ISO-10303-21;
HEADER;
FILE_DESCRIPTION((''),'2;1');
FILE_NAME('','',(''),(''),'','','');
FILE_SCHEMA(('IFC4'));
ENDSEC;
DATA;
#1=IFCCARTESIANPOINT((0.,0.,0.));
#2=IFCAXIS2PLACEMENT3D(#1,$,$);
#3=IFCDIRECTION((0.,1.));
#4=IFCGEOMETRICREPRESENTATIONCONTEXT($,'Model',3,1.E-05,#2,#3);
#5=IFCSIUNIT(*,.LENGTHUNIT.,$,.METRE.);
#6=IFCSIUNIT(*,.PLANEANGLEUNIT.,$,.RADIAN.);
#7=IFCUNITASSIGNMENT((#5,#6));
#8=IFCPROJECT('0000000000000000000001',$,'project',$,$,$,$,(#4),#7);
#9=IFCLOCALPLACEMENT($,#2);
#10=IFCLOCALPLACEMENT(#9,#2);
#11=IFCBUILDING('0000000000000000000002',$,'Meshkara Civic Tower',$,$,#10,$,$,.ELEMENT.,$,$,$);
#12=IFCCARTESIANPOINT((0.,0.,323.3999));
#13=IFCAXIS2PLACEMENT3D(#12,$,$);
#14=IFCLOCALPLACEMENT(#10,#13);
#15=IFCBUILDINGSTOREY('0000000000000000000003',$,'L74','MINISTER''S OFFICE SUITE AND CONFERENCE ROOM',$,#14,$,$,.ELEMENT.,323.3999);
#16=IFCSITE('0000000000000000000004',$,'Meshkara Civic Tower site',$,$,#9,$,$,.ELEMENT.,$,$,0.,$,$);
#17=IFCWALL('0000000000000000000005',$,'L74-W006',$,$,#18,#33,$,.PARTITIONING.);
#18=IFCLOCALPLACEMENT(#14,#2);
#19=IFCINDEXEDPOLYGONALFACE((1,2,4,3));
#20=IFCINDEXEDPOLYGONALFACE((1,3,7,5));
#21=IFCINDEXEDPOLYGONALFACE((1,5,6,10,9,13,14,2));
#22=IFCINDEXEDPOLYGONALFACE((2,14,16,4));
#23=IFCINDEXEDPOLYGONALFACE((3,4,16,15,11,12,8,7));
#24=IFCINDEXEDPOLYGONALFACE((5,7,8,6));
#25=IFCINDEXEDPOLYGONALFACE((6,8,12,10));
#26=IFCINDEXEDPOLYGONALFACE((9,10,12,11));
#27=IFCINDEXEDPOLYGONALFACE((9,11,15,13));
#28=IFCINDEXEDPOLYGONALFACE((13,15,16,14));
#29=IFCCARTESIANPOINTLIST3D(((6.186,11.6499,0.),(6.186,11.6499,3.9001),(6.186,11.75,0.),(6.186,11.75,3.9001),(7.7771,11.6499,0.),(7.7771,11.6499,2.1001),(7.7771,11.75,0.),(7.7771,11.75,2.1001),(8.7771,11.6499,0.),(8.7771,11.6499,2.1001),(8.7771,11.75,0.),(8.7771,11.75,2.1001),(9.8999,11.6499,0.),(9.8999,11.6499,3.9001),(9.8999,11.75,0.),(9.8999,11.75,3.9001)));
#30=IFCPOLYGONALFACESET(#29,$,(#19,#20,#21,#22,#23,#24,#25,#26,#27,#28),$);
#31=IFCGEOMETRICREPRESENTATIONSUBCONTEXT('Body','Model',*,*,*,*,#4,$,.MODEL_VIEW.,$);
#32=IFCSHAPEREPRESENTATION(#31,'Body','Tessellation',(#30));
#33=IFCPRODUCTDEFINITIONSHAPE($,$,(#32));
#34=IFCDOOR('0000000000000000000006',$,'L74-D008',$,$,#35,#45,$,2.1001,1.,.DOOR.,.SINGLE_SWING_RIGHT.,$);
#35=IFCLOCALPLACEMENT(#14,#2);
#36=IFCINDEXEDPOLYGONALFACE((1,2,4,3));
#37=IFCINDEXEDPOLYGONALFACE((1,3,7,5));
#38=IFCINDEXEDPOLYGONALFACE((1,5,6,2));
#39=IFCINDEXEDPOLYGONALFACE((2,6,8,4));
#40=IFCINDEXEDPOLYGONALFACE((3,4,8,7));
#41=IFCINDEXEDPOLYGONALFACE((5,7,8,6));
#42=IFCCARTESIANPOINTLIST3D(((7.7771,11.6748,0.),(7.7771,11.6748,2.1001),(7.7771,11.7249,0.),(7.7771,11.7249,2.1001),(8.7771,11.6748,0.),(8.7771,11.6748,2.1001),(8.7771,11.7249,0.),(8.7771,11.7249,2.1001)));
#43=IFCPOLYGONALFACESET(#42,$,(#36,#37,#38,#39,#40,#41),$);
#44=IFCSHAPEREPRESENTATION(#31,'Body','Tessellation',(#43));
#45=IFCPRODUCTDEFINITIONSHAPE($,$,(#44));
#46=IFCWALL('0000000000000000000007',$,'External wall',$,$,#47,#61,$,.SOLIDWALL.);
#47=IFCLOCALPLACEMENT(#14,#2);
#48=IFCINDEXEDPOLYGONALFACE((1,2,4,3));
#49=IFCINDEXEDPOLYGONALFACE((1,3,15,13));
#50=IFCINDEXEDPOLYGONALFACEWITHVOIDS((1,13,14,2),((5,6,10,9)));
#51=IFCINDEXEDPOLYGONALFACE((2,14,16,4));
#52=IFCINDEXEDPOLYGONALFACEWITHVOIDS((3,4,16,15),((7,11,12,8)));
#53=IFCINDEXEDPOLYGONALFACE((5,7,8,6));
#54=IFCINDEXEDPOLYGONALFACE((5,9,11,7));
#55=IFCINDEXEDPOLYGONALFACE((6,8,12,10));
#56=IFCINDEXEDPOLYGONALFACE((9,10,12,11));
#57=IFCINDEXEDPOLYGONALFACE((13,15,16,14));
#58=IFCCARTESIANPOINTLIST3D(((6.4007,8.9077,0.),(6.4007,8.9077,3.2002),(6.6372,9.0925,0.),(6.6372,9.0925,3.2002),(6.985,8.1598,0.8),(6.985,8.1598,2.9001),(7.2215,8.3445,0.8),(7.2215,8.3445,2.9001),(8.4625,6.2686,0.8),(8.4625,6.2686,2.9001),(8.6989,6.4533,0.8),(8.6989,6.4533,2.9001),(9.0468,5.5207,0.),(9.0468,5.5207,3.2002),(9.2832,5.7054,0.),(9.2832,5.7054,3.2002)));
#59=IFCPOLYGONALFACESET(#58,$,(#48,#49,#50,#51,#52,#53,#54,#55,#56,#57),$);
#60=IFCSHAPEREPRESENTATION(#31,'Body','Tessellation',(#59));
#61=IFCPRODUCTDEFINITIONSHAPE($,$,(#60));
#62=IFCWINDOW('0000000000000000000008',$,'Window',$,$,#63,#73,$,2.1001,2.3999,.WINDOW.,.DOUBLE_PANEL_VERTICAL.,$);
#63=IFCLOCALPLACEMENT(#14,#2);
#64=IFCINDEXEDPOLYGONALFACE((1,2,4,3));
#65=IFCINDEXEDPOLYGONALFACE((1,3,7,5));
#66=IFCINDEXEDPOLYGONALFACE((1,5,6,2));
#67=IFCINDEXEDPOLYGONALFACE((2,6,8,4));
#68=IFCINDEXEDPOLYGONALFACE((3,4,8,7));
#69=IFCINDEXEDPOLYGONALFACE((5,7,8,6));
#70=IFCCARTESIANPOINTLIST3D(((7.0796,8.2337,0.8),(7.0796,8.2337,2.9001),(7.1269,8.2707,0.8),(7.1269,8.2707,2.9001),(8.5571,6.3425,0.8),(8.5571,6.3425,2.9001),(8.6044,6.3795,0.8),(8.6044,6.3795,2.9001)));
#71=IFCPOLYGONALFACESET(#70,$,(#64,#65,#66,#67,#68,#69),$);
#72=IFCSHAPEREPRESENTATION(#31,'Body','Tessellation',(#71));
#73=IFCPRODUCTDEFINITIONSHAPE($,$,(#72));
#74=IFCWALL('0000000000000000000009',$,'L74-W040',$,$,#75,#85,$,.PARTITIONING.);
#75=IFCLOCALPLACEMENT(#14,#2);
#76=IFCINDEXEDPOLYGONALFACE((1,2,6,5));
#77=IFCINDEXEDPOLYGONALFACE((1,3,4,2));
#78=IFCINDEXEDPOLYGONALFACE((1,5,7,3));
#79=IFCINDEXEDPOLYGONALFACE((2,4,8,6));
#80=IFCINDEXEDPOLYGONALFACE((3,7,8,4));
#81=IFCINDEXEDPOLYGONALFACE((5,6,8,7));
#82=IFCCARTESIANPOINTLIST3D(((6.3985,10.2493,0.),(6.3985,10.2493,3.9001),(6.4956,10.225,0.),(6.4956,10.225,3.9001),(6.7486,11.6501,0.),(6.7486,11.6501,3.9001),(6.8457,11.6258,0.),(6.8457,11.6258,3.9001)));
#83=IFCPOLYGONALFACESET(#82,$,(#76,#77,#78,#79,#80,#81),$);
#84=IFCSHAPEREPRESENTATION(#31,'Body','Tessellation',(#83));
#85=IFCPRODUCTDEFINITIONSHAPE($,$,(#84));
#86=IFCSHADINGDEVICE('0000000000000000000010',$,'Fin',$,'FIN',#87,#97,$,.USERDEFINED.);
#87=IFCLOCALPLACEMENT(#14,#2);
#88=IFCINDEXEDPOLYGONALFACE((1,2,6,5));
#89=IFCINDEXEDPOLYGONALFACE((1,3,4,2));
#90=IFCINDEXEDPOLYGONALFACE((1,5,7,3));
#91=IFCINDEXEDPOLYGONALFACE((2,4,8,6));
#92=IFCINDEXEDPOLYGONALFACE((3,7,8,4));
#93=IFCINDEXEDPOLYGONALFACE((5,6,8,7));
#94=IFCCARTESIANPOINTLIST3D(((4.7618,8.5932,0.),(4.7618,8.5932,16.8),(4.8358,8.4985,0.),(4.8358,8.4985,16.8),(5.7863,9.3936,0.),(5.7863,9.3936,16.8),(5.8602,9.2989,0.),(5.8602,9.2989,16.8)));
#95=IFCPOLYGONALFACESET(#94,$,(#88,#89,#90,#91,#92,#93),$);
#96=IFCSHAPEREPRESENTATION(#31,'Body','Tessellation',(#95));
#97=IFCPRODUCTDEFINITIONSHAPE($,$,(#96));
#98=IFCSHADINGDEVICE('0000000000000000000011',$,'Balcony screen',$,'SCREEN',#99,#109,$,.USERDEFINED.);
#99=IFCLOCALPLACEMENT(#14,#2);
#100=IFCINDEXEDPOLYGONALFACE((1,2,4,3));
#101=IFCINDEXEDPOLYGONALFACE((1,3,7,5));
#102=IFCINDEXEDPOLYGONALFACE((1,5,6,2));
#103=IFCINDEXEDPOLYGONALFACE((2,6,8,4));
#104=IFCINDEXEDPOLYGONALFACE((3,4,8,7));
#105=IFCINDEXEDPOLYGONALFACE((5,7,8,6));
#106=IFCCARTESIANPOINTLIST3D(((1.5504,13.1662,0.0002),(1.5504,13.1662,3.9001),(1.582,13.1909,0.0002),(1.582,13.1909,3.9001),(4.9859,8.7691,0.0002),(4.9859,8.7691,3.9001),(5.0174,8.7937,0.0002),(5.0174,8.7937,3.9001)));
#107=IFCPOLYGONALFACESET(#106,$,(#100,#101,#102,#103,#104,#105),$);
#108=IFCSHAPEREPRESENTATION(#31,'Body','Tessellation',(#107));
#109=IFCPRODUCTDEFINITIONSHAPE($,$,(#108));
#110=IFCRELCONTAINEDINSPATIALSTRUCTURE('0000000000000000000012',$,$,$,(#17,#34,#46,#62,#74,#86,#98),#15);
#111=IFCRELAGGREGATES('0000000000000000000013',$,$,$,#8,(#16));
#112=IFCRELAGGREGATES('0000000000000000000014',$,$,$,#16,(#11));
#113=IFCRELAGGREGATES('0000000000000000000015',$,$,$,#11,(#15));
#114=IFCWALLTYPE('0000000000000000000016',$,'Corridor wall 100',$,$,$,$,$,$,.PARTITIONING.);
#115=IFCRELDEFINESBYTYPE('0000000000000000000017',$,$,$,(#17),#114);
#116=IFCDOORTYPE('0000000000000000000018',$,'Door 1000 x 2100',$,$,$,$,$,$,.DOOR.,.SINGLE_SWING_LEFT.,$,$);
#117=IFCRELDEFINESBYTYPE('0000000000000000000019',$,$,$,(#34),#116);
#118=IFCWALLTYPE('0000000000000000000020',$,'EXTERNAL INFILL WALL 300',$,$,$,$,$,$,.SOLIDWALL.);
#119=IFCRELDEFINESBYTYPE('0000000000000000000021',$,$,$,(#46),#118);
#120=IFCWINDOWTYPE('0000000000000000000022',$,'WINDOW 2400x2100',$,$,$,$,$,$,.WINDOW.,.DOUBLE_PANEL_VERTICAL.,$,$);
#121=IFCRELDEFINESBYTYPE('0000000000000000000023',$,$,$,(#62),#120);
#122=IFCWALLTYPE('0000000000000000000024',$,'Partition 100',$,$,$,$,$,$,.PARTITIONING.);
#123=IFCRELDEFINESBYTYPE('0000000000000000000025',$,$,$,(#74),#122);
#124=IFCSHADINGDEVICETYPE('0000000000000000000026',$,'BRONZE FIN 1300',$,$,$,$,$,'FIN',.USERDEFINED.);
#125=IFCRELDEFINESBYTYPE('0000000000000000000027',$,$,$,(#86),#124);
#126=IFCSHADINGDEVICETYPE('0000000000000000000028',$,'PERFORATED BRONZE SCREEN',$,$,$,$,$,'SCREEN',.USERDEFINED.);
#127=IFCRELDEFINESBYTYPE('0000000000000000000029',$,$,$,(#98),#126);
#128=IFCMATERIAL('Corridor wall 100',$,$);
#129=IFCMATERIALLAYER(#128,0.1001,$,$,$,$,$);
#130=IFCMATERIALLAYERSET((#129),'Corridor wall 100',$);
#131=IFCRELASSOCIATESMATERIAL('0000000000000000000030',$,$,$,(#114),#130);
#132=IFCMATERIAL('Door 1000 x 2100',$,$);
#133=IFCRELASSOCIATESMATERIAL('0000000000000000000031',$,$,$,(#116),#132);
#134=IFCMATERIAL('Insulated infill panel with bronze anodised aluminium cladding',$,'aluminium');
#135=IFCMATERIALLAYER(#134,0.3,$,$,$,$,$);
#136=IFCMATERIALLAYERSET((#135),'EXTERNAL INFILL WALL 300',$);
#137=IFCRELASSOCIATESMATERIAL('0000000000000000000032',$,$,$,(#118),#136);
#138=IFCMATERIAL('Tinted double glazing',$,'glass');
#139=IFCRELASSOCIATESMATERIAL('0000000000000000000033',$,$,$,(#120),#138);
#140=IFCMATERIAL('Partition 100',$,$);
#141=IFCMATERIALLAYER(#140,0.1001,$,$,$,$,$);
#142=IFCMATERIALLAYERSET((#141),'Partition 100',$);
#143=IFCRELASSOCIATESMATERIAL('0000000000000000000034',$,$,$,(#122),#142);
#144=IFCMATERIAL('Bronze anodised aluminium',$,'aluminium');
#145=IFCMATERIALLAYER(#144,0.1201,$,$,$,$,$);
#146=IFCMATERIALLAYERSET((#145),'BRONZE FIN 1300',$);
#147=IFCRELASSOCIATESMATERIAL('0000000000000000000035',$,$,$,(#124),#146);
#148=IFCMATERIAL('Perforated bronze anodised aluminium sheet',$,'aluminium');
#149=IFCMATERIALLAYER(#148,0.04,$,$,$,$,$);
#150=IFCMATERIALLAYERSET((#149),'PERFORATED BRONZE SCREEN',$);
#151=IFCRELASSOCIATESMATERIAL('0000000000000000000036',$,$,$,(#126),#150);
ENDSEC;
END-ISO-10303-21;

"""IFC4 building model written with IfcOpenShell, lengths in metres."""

from ifc_helpers import new_model, si_unit, direction, frame, frame_2d, origin, origin_2d, place, context, subcontext, project, spatial, rectangle, extrude, material, layer, layer_set, type_object, element, fill, save


model = new_model("IFC4")

# Units and contexts
model_context = context("Model", 3, precision=1e-05, world=origin(), true_north=direction((0.0, 1.0)))
body_context = subcontext(model_context, "Body", "Model", "MODEL_VIEW")
ifc_project = project(units=[si_unit("LENGTHUNIT", "METRE"), si_unit("PLANEANGLEUNIT", "RADIAN")], contexts=[model_context])

# Site, building, storey
site_placement = place(None, origin())
site = spatial("IfcSite", under=ifc_project, at=site_placement, Name="Meshkara Civic Tower site", CompositionType="ELEMENT", RefElevation=0.0)
building_placement = place(site_placement, origin())
building = spatial("IfcBuilding", under=site, at=building_placement, Name="Meshkara Civic Tower", CompositionType="ELEMENT")
storey_placement = place(building_placement, frame((0.0, 0.0, 323.3999)))
storey = spatial("IfcBuildingStorey", under=building, at=storey_placement, Name="L74", Description="MINISTER'S OFFICE SUITE AND CONFERENCE ROOM", CompositionType="ELEMENT", Elevation=323.3999)

# Shared definitions
ifc_material_1 = material(Name="Corridor wall 100")
ifc_layer_1 = layer(ifc_material_1, 0.1001)
ifc_layer_set_1 = layer_set([ifc_layer_1], Name="Corridor wall 100")
wall_type_1 = type_object("IfcWallType", Name="Corridor wall 100", PredefinedType="PARTITIONING", material=ifc_layer_set_1)
ifc_material_2 = material(Name="Door 1000 x 2100")
door_type = type_object("IfcDoorType", Name="Door 1000 x 2100", OperationType="SINGLE_SWING_LEFT", PredefinedType="DOOR", material=ifc_material_2)

# Wall, opening, door
wall_1_placement = place(storey_placement, frame((6.186, 11.7, 0.0), z_axis=(0.0, 0.0, 1.0), x_axis=(1.0, 0.0, 0.0)))
wall_1 = element("IfcWall", 1, at=wall_1_placement, inside=storey, type_object=wall_type_1, Name="L74-W006", PredefinedType="PARTITIONING", context=body_context, shape_type="SweptSolid", body=[
    extrude(rectangle(XDim=3.7139, YDim=0.1001, at=frame_2d((1.8569, 0.0))), origin(), (0.0, 0.0, 1.0), 3.9001),
])
opening_1_placement = place(wall_1_placement, frame((1.5911, 0.0, 0.0)))
opening_1 = element("IfcOpeningElement", 2, at=opening_1_placement, cuts=wall_1, PredefinedType="OPENING", context=body_context, shape_type="SweptSolid", body=[
    extrude(rectangle(XDim=1.0, YDim=2.1001, at=frame_2d((0.5, 1.05))), frame((0.0, 0.0601, 0.0), z_axis=(0.0, -1.0, 0.0), x_axis=(1.0, 0.0, 0.0)), (0.0, 0.0, 1.0), 0.1201),
])
door_1_placement = place(opening_1_placement, origin())
door_1 = element("IfcDoor", 3, at=door_1_placement, inside=storey, type_object=door_type, Name="L74-D008", OperationType="SINGLE_SWING_RIGHT", OverallHeight=2.1001, OverallWidth=1.0, PredefinedType="DOOR", context=body_context, shape_type="SweptSolid", body=[
    extrude(rectangle(XDim=1.0, YDim=2.1001, at=frame_2d((0.5, 1.05))), frame((0.0, 0.0249, 0.0), z_axis=(0.0, -1.0, 0.0), x_axis=(1.0, 0.0, 0.0)), (0.0, 0.0, 1.0), 0.05),
])
fill(opening_1, door_1)

# Wall, opening, window
ifc_material_3 = material(Name="Insulated infill panel with bronze anodised aluminium cladding", Category="aluminium")
ifc_layer_2 = layer(ifc_material_3, 0.3)
ifc_layer_set_2 = layer_set([ifc_layer_2], Name="EXTERNAL INFILL WALL 300")
wall_type_2 = type_object("IfcWallType", Name="EXTERNAL INFILL WALL 300", PredefinedType="SOLIDWALL", material=ifc_layer_set_2)
wall_2_placement = place(storey_placement, frame((6.519, 9.0, 0.0), z_axis=(0.0, 0.0, 1.0), x_axis=(0.615634, -0.788032, 0.0)))
wall_2 = element("IfcWall", 4, at=wall_2_placement, inside=storey, type_object=wall_type_2, Name="External wall", PredefinedType="SOLIDWALL", context=body_context, shape_type="SweptSolid", body=[
    extrude(rectangle(XDim=4.2981, YDim=0.3, at=frame_2d((2.1489, 0.0))), origin(), (0.0, 0.0, 1.0), 3.2002),
])
opening_2_placement = place(wall_2_placement, frame((0.949, 0.0, 0.8)))
opening_2 = element("IfcOpeningElement", 5, at=opening_2_placement, cuts=wall_2, PredefinedType="OPENING", context=body_context, shape_type="SweptSolid", body=[
    extrude(rectangle(XDim=2.3999, YDim=2.1001, at=frame_2d((1.2, 1.05))), frame((0.0, 0.1599, 0.0), z_axis=(0.0, -1.0, 0.0), x_axis=(1.0, 0.0, 0.0)), (0.0, 0.0, 1.0), 0.3201),
])
ifc_material_4 = material(Name="Tinted double glazing", Category="glass")
window_type = type_object("IfcWindowType", Name="WINDOW 2400x2100", PartitioningType="DOUBLE_PANEL_VERTICAL", PredefinedType="WINDOW", material=ifc_material_4)
window_placement = place(opening_2_placement, origin())
window = element("IfcWindow", 6, at=window_placement, inside=storey, type_object=window_type, Name="Window", OverallHeight=2.1001, OverallWidth=2.3999, PartitioningType="DOUBLE_PANEL_VERTICAL", PredefinedType="WINDOW", context=body_context, shape_type="SweptSolid", body=[
    extrude(rectangle(XDim=2.3999, YDim=2.1001, at=frame_2d((1.2, 1.05))), frame((0.0, 0.03, 0.0), z_axis=(0.0, -1.0, 0.0), x_axis=(1.0, 0.0, 0.0)), (0.0, 0.0, 1.0), 0.0601),
])
fill(opening_2, window)

# Wall
ifc_material_5 = material(Name="Partition 100")
ifc_layer_3 = layer(ifc_material_5, 0.1001)
ifc_layer_set_3 = layer_set([ifc_layer_3], Name="Partition 100")
wall_type_3 = type_object("IfcWallType", Name="Partition 100", PredefinedType="PARTITIONING", material=ifc_layer_set_3)
wall_3_placement = place(storey_placement, frame((6.7971, 11.6379, 0.0), z_axis=(0.0, 0.0, 1.0), x_axis=(-0.242456, -0.970162, 0.0)))
element("IfcWall", 7, at=wall_3_placement, inside=storey, type_object=wall_type_3, Name="L74-W040", PredefinedType="PARTITIONING", context=body_context, shape_type="SweptSolid", body=[
    extrude(rectangle(XDim=1.4438, YDim=0.1001, at=frame_2d((0.7219, 0.0))), origin(), (0.0, 0.0, 1.0), 3.9001),
])

# Shading devices
ifc_material_6 = material(Name="Bronze anodised aluminium", Category="aluminium")
ifc_layer_4 = layer(ifc_material_6, 0.1201)
ifc_layer_set_4 = layer_set([ifc_layer_4], Name="BRONZE FIN 1300")
shading_device_type_1 = type_object("IfcShadingDeviceType", Name="BRONZE FIN 1300", ElementType="FIN", PredefinedType="USERDEFINED", material=ifc_layer_set_4)
shading_device_1_placement = place(storey_placement, frame((5.311, 8.946, 0.0), z_axis=(0.0, 0.0, 1.0), x_axis=(0.615661, -0.788011, 0.0)))
element("IfcShadingDevice", 8, at=shading_device_1_placement, inside=storey, type_object=shading_device_type_1, Name="Fin", ObjectType="FIN", PredefinedType="USERDEFINED", context=body_context, shape_type="SweptSolid", body=[
    extrude(rectangle(XDim=0.1201, YDim=1.3, at=origin_2d()), origin(), (0.0, 0.0, 1.0), 16.8),
])
ifc_material_7 = material(Name="Perforated bronze anodised aluminium sheet", Category="aluminium")
ifc_layer_5 = layer(ifc_material_7, 0.04)
ifc_layer_set_5 = layer_set([ifc_layer_5], Name="PERFORATED BRONZE SCREEN")
shading_device_type_2 = type_object("IfcShadingDeviceType", Name="PERFORATED BRONZE SCREEN", ElementType="SCREEN", PredefinedType="USERDEFINED", material=ifc_layer_set_5)
shading_device_2_placement = place(storey_placement, frame((3.2839, 10.98, 0.0002), z_axis=(0.0, 0.0, 1.0), x_axis=(0.615661, -0.788011, 0.0)))
element("IfcShadingDevice", 9, at=shading_device_2_placement, inside=storey, type_object=shading_device_type_2, Name="Balcony screen", ObjectType="SCREEN", PredefinedType="USERDEFINED", context=body_context, shape_type="SweptSolid", body=[
    extrude(rectangle(XDim=5.5801, YDim=0.04, at=origin_2d()), origin(), (0.0, 0.0, 1.0), 3.8999),
])

save(model, "model.ifc")
